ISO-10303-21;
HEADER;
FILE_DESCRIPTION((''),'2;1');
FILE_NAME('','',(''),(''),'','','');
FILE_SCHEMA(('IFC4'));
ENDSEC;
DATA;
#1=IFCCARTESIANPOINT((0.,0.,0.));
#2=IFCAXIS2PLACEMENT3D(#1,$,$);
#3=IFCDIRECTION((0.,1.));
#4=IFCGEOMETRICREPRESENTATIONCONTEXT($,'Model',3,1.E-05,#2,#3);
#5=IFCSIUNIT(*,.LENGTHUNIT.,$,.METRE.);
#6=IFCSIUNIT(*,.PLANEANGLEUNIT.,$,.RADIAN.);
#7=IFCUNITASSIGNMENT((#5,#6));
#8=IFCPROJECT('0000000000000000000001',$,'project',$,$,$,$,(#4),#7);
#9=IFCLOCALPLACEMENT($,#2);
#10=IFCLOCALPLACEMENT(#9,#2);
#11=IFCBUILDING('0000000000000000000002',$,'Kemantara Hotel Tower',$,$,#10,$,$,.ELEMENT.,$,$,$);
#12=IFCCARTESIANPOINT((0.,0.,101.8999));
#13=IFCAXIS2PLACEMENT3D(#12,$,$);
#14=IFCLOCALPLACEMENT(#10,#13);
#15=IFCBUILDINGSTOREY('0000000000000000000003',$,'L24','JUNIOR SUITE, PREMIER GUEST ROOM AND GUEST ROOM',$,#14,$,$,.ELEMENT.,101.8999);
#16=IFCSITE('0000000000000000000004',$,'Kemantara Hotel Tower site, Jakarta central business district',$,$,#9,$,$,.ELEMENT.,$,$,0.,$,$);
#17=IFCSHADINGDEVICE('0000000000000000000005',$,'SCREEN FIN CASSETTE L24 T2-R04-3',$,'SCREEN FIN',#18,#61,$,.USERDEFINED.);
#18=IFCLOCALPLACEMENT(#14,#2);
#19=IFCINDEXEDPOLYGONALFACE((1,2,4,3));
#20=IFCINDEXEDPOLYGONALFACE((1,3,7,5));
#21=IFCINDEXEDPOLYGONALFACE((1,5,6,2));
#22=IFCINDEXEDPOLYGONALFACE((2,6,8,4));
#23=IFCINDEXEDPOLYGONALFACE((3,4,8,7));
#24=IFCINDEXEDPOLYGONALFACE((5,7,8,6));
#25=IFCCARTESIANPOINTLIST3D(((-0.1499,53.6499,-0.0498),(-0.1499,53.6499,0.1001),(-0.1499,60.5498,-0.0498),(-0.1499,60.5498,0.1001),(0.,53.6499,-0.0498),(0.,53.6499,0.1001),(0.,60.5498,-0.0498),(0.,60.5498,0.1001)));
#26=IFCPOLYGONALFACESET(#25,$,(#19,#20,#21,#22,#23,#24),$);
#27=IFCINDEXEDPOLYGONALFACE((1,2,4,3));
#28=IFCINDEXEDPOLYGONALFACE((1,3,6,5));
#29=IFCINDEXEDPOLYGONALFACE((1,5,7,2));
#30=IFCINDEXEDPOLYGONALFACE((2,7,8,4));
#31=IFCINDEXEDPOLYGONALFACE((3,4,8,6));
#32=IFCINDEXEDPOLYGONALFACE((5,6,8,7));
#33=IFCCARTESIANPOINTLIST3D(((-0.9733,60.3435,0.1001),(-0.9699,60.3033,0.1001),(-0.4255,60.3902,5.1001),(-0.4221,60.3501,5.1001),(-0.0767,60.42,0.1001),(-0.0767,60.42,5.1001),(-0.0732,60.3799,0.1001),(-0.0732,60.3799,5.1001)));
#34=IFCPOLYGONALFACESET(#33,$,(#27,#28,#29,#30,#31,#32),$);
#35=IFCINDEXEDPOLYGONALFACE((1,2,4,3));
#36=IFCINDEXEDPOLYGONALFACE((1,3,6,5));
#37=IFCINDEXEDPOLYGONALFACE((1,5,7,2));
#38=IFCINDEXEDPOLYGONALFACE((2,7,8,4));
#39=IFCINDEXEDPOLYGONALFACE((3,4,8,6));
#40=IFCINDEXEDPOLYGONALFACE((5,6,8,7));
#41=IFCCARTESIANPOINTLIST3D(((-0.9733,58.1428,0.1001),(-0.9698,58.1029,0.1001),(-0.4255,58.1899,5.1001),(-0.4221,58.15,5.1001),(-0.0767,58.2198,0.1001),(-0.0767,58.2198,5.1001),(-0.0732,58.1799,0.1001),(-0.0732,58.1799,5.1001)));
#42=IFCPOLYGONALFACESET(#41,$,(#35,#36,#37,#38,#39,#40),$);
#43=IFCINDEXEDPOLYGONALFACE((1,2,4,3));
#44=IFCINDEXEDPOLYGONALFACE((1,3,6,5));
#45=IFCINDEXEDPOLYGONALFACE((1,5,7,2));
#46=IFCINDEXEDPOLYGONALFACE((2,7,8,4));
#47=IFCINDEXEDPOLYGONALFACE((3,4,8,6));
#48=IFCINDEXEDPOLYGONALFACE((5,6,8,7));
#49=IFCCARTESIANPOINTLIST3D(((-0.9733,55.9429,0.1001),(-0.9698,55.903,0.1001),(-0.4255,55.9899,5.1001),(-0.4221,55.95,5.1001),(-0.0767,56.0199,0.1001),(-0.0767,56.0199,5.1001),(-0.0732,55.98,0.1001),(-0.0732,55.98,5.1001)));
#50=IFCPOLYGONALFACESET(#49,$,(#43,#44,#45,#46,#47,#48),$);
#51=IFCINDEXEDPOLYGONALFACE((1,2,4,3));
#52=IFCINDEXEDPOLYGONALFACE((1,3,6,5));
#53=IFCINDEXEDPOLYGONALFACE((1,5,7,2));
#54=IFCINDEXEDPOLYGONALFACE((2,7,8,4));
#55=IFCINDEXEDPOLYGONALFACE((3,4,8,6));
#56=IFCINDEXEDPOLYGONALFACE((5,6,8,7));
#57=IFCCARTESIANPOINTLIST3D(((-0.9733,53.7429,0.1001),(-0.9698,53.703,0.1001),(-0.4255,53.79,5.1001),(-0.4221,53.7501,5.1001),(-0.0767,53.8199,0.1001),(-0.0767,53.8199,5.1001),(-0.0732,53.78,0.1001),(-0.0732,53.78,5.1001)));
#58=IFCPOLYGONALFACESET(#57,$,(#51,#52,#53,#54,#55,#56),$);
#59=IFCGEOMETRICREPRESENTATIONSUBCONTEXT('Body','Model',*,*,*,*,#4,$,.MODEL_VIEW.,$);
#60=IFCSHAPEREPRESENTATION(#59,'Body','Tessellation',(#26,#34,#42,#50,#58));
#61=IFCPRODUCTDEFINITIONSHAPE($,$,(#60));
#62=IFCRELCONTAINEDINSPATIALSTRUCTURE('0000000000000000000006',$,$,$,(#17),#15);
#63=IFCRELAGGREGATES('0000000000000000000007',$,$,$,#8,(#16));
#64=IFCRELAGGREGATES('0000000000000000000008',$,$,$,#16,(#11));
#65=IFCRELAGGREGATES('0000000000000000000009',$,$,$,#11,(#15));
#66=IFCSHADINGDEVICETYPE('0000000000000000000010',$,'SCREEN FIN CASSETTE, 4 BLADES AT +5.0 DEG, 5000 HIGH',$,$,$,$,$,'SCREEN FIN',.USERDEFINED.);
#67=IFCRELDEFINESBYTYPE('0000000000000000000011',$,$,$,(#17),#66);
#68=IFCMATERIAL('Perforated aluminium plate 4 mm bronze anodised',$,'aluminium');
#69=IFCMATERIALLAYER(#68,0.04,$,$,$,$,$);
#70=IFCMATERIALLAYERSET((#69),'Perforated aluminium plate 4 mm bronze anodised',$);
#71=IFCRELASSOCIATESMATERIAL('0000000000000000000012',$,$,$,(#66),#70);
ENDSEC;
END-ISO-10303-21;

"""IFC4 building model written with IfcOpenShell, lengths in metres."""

from ifc_helpers import new_model, si_unit, direction, frame, origin, origin_2d, place, context, subcontext, project, spatial, polyline, rectangle, outline, extrude, source, transform, mapped, material, layer, layer_set, type_object, element, save


model = new_model("IFC4")

# Units and contexts
model_context = context("Model", 3, precision=1e-05, world=origin(), true_north=direction((0.0, 1.0)))
body_context = subcontext(model_context, "Body", "Model", "MODEL_VIEW")
ifc_project = project(units=[si_unit("LENGTHUNIT", "METRE"), si_unit("PLANEANGLEUNIT", "RADIAN")], contexts=[model_context])

# Site, building, storey
site_placement = place(None, origin())
site = spatial("IfcSite", under=ifc_project, at=site_placement, Name="Kemantara Hotel Tower site, Jakarta central business district", CompositionType="ELEMENT", RefElevation=0.0)
building_placement = place(site_placement, origin())
building = spatial("IfcBuilding", under=site, at=building_placement, Name="Kemantara Hotel Tower", CompositionType="ELEMENT")
storey_placement = place(building_placement, frame((0.0, 0.0, 101.8999)))
storey = spatial("IfcBuildingStorey", under=building, at=storey_placement, Name="L24", Description="JUNIOR SUITE, PREMIER GUEST ROOM AND GUEST ROOM", CompositionType="ELEMENT", Elevation=101.8999)

# Shading device
ifc_material_1 = material(Name="Perforated aluminium plate 4 mm bronze anodised", Category="aluminium")
ifc_layer_1 = layer(ifc_material_1, 0.04)
ifc_layer_set_1 = layer_set([ifc_layer_1], Name="Perforated aluminium plate 4 mm bronze anodised")
shading_device_type_1 = type_object("IfcShadingDeviceType", Name="SCREEN FIN CASSETTE, 4 BLADES AT +5.0 DEG, 5000 HIGH", ElementType="SCREEN FIN", PredefinedType="USERDEFINED", material=ifc_layer_set_1)
shared_shape_1 = source(origin(), body_context, "Body", "SweptSolid", [
    extrude(rectangle(XDim=6.8999, YDim=0.1499, at=origin_2d()), frame((3.3, -0.075, -0.1499), z_axis=(0.0, 0.0, 1.0), x_axis=(1.0, 0.0, 0.0)), (0.0, 0.0, 1.0), 0.1499),
    extrude(outline(polyline([(0.0, 0.0), (0.8999, 0.0), (0.3501, 5.0), (0.0, 5.0), (0.0, 0.0)])), frame((0.02, -0.0732, 0.0), z_axis=(-0.996376, -0.085056, 0.0), x_axis=(0.085056, -0.996376, 0.0)), (0.0, 0.0, 1.0), 0.0403),
    extrude(outline(polyline([(0.0, 0.0), (0.8999, 0.0), (0.3501, 5.0), (0.0, 5.0), (0.0, 0.0)])), frame((2.22, -0.0732, 0.0), z_axis=(-0.996332, -0.085575, 0.0), x_axis=(0.085575, -0.996332, 0.0)), (0.0, 0.0, 1.0), 0.04),
    extrude(outline(polyline([(0.0, 0.0), (0.8999, 0.0), (0.3501, 5.0), (0.0, 5.0), (0.0, 0.0)])), frame((4.4199, -0.0732, 0.0), z_axis=(-0.996332, -0.085575, 0.0), x_axis=(0.085575, -0.996332, 0.0)), (0.0, 0.0, 1.0), 0.04),
    extrude(outline(polyline([(0.0, 0.0), (0.8999, 0.0), (0.3501, 5.0), (0.0, 5.0), (0.0, 0.0)])), frame((6.6199, -0.0732, 0.0), z_axis=(-0.996332, -0.085575, 0.0), x_axis=(0.085575, -0.996332, 0.0)), (0.0, 0.0, 1.0), 0.04),
])
shading_device_1_placement = place(storey_placement, frame((0.0, 60.3999, 0.1001), z_axis=(0.0, 0.0, 1.0), x_axis=(0.0, -1.0, 0.0)))
element("IfcShadingDevice", 1, at=shading_device_1_placement, inside=storey, type_object=shading_device_type_1, Name="SCREEN FIN CASSETTE L24 T2-R04-3", ObjectType="SCREEN FIN", PredefinedType="USERDEFINED", context=body_context, shape_type="MappedRepresentation", body=[
    mapped(shared_shape_1, transform((0.0, 0.0, 0.0))),
])

save(model, "model.ifc")
